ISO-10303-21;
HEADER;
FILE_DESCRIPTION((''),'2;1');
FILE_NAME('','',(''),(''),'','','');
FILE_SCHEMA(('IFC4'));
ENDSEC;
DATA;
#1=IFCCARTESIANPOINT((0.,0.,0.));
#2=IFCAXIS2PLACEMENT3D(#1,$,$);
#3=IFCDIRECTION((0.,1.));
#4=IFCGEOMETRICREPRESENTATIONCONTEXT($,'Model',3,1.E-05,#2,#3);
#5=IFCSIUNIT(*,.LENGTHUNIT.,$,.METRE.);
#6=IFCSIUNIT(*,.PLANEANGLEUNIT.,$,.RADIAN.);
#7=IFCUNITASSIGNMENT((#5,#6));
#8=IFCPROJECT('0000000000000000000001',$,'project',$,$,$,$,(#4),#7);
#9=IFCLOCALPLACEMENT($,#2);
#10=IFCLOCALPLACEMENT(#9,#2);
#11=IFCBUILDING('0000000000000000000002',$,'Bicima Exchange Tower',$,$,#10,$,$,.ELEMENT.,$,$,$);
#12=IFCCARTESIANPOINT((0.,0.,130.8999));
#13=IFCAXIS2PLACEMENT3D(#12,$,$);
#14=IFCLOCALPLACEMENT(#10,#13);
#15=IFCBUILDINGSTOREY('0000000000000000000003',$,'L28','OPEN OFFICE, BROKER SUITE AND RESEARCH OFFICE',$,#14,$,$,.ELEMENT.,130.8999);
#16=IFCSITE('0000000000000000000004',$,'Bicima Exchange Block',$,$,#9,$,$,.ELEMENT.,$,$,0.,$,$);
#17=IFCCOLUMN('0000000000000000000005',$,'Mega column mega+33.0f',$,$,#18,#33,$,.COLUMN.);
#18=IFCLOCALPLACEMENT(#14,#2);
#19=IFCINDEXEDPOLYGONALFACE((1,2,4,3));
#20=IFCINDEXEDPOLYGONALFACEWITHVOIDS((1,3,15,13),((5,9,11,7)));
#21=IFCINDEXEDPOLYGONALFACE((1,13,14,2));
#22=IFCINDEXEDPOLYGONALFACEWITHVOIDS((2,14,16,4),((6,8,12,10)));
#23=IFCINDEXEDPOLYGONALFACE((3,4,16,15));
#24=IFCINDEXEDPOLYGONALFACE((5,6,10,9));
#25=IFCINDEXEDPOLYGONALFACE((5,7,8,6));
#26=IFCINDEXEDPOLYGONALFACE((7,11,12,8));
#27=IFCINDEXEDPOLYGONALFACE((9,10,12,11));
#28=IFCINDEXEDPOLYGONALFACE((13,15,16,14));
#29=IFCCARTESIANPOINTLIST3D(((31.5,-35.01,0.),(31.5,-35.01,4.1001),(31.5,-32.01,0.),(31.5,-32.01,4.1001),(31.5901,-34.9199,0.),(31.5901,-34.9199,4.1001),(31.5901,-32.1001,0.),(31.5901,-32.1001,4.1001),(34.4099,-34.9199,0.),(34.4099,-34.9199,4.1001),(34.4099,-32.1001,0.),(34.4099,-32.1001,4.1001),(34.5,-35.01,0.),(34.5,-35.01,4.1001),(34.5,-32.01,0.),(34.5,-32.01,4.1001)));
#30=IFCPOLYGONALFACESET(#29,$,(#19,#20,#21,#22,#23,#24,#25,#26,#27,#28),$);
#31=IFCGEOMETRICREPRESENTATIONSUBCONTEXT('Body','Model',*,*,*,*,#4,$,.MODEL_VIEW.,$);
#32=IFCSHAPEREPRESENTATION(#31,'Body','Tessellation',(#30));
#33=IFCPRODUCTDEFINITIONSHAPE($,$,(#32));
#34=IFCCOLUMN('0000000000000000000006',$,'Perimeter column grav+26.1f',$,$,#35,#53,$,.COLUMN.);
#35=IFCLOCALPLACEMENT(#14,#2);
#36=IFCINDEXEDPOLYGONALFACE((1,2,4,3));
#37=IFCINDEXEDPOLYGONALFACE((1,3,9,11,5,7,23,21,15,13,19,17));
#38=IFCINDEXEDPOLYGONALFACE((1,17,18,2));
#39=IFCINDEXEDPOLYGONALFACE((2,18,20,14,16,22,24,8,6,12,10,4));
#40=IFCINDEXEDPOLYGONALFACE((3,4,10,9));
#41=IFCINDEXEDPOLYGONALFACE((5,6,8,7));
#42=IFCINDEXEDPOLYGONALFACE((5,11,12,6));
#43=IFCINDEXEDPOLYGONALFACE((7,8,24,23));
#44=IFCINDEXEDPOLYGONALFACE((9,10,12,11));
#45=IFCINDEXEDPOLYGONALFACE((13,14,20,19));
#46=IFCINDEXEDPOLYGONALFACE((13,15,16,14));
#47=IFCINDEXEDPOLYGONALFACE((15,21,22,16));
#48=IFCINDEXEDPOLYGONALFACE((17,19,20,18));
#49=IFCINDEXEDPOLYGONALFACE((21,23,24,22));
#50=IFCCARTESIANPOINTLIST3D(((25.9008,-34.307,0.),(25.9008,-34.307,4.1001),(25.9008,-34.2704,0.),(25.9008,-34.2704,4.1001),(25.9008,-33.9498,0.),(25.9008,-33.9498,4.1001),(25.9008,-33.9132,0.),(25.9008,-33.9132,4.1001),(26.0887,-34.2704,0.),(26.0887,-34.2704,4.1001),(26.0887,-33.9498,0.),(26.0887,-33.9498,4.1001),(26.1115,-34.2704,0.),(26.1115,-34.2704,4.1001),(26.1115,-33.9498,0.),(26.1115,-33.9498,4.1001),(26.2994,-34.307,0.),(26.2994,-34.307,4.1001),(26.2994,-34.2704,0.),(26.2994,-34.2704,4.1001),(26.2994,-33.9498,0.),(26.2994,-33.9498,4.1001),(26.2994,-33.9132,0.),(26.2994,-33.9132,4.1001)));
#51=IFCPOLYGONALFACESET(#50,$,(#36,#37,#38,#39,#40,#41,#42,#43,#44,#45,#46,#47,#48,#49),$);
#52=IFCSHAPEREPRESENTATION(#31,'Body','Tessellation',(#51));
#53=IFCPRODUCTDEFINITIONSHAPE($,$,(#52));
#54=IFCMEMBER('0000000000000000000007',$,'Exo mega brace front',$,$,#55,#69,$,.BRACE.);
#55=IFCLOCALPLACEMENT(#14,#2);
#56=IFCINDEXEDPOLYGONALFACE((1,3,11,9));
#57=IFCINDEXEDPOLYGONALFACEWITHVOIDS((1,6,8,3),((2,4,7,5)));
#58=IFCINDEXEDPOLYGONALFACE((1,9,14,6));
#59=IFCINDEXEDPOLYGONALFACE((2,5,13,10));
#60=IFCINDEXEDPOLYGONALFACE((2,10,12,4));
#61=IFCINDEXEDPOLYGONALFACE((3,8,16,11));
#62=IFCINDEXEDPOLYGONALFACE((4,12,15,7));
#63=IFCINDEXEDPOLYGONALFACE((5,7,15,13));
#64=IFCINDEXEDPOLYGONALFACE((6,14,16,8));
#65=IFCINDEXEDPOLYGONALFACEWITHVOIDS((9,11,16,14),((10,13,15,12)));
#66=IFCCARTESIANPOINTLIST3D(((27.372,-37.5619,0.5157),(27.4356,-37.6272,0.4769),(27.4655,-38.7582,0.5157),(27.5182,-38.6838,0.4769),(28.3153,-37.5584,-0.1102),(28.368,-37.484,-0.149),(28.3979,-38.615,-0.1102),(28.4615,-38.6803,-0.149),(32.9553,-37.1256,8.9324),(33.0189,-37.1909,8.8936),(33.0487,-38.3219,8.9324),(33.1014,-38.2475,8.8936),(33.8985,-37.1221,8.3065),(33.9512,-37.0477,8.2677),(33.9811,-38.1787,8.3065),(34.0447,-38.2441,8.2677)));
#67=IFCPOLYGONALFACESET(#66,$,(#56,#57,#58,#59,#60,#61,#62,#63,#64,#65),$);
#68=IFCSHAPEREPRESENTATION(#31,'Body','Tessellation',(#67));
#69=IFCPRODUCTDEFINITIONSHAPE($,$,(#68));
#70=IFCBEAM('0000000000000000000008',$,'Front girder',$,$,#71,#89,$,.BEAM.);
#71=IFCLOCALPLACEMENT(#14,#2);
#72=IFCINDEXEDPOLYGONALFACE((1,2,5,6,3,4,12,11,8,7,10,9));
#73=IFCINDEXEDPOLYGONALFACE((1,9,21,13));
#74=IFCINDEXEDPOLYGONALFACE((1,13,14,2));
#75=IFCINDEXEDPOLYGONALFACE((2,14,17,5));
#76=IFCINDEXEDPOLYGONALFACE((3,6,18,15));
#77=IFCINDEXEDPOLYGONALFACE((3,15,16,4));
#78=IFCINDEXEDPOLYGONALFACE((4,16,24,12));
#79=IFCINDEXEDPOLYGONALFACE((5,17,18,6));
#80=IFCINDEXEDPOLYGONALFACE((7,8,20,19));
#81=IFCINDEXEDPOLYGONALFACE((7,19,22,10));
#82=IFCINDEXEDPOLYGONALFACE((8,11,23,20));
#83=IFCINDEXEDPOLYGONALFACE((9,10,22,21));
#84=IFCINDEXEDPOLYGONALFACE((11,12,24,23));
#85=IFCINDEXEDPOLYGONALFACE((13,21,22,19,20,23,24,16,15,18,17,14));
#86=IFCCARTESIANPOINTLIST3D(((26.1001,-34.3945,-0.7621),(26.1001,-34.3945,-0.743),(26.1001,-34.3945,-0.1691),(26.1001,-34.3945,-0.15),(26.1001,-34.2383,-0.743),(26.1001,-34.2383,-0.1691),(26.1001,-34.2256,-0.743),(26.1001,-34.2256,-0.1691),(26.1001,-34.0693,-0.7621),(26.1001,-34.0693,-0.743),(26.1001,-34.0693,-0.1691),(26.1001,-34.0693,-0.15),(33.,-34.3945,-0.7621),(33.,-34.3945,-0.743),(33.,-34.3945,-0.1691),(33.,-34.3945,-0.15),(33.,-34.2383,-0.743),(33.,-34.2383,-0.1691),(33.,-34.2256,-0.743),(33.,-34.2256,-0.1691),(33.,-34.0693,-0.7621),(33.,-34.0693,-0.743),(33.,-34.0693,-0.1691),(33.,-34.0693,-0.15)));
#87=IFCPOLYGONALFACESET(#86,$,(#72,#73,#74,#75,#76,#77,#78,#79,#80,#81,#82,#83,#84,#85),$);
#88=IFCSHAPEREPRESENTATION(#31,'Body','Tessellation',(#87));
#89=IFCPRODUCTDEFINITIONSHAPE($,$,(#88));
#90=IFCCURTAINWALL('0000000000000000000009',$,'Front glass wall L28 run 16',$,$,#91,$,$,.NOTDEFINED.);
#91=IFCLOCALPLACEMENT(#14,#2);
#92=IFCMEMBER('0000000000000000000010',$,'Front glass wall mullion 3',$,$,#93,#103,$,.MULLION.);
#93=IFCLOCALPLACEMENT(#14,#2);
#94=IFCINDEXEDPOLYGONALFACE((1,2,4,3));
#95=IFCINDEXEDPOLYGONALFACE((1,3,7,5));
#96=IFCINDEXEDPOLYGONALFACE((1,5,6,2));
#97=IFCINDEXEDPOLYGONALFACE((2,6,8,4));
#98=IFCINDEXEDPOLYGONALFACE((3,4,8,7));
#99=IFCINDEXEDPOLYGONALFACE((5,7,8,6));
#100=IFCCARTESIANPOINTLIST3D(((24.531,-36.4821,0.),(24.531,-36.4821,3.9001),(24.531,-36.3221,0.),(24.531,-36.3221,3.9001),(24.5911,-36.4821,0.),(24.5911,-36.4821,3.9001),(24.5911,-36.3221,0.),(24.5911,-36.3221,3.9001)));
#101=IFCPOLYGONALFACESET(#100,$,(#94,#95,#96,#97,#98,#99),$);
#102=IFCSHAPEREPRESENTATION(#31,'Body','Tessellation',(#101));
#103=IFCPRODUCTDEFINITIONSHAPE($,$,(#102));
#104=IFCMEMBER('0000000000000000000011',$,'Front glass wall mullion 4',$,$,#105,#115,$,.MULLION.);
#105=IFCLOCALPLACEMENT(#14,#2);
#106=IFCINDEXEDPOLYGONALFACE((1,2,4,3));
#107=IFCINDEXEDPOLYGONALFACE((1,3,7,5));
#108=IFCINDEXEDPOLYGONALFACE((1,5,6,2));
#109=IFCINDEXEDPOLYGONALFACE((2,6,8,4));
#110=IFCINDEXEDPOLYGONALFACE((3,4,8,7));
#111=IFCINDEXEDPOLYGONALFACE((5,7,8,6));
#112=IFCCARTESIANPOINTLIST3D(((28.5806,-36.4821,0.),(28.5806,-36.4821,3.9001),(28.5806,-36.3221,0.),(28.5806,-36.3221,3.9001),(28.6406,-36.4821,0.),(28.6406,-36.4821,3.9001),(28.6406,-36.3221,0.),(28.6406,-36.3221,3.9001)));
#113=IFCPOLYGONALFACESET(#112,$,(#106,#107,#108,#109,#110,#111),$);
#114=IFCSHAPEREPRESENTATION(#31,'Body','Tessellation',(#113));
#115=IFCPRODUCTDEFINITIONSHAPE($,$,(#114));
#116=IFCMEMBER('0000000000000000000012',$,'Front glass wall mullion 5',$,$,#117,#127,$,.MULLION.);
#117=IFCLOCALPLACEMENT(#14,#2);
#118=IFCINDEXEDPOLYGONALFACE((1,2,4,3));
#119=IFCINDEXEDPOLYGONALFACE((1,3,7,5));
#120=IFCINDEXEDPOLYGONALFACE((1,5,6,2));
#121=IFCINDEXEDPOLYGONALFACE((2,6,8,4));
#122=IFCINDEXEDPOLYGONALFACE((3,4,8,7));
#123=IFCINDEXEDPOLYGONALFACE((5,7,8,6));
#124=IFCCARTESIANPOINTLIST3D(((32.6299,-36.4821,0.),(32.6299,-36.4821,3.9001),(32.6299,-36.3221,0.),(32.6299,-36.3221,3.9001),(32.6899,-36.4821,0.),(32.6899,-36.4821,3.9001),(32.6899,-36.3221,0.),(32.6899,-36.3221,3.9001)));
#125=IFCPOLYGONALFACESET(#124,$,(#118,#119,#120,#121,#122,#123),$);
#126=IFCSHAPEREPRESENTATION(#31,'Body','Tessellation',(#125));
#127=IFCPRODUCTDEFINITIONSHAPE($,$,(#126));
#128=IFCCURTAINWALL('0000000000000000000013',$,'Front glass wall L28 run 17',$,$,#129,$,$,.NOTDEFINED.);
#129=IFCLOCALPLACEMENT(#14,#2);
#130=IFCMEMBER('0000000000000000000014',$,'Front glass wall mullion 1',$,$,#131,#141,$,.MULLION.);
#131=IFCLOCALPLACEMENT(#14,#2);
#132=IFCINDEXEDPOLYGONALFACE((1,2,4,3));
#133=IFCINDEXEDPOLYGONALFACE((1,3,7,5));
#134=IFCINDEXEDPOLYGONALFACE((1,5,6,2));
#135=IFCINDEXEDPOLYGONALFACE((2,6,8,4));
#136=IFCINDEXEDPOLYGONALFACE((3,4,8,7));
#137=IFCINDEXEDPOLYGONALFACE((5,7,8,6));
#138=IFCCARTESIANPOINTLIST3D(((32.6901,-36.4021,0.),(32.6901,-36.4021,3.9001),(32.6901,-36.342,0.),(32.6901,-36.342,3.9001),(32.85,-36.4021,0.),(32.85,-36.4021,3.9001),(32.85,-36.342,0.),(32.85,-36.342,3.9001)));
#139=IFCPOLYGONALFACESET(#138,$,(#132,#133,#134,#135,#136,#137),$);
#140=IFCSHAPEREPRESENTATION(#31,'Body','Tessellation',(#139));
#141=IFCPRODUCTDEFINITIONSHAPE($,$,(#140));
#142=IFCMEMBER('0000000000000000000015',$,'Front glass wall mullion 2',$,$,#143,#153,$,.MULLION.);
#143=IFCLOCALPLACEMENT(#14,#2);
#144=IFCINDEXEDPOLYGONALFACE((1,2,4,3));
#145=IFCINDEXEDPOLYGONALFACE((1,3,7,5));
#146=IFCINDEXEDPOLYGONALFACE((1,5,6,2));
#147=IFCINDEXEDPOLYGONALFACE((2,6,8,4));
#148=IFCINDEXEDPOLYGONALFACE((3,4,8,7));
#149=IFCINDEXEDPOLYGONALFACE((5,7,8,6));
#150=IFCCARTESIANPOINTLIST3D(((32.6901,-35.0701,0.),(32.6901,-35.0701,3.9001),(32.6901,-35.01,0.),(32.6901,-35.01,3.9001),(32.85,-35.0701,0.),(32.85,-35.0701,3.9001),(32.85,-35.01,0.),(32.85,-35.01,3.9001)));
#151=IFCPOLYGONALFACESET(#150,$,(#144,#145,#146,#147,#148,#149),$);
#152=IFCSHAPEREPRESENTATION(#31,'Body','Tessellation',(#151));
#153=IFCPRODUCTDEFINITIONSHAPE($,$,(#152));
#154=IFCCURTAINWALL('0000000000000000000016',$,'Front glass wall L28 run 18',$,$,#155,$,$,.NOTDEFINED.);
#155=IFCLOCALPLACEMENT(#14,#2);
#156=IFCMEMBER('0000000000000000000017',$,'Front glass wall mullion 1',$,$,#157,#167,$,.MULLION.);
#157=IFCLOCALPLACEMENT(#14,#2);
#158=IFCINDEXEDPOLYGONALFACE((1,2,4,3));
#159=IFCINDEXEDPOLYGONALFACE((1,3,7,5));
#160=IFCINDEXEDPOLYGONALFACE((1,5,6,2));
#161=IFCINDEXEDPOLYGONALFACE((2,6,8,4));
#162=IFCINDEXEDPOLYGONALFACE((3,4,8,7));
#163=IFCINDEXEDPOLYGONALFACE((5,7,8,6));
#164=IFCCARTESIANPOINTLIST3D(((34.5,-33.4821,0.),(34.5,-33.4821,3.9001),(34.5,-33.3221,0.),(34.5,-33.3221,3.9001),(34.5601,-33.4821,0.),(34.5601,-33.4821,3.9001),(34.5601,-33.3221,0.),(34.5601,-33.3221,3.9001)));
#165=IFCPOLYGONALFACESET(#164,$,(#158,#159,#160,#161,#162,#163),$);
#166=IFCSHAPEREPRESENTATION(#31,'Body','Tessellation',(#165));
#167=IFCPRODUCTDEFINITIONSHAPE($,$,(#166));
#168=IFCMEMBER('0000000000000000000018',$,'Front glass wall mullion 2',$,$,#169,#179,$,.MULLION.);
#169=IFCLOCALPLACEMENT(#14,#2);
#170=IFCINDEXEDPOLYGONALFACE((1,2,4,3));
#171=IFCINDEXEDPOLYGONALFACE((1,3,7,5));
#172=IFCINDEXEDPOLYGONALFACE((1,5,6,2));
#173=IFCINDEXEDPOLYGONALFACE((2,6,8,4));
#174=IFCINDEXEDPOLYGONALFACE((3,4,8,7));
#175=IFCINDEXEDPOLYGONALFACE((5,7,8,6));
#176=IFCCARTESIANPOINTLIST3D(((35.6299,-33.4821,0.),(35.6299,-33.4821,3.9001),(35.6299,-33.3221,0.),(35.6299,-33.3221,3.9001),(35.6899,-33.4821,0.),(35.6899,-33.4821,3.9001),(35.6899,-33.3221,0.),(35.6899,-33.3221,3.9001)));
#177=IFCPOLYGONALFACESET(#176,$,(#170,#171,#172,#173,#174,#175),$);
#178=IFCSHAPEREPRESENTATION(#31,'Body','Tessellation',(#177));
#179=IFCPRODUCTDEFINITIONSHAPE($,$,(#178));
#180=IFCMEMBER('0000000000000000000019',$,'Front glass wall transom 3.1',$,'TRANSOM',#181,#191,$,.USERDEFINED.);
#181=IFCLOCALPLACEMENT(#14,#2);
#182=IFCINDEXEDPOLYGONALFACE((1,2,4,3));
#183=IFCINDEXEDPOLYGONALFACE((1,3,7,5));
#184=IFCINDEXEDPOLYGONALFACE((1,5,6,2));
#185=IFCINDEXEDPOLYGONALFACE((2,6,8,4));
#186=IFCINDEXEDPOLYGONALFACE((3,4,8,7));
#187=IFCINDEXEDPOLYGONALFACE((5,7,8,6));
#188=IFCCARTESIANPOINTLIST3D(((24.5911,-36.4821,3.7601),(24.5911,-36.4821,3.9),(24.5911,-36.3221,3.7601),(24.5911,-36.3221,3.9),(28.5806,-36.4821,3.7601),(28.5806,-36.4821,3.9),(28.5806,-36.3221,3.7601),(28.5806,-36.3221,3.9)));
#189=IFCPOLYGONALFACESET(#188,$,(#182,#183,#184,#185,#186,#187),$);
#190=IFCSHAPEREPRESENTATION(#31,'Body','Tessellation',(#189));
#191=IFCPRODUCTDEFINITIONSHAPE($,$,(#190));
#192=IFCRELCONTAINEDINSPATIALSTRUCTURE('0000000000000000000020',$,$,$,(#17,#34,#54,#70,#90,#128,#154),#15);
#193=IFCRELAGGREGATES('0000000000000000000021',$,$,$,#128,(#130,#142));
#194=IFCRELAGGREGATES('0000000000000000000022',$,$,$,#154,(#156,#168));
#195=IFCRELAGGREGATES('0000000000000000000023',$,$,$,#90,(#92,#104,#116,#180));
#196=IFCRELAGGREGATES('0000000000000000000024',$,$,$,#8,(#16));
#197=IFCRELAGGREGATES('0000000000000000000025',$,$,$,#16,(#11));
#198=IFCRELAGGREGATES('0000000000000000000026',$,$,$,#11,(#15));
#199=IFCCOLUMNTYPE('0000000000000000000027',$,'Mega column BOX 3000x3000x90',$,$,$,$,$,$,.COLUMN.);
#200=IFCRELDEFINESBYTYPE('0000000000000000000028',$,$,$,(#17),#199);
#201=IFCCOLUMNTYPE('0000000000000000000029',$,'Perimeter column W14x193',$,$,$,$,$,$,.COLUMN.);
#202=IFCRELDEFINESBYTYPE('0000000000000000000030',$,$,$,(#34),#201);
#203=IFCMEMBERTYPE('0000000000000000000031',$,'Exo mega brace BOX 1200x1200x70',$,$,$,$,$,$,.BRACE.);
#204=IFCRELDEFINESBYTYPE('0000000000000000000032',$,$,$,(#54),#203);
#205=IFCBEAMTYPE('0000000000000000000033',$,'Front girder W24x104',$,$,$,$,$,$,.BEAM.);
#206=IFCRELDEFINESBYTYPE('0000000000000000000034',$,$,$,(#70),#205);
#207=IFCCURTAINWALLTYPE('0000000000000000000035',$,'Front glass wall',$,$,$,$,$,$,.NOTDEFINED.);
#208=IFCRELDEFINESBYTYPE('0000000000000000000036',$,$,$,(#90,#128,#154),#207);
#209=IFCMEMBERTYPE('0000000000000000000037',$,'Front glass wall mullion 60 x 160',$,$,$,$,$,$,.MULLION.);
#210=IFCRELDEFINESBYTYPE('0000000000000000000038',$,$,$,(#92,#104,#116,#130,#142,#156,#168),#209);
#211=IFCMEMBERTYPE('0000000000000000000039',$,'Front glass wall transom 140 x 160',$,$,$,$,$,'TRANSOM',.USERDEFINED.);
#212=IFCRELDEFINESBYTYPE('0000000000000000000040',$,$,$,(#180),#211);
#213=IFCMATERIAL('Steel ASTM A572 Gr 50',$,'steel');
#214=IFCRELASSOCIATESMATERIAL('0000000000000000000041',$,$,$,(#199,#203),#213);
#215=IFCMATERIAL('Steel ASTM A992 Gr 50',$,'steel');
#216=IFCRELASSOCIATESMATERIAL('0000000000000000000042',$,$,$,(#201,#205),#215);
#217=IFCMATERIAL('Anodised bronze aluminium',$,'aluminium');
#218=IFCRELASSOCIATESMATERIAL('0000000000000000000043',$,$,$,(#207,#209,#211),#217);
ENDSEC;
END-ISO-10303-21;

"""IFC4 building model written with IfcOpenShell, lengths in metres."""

from ifc_helpers import new_model, si_unit, direction, frame, origin, origin_2d, place, context, subcontext, project, spatial, rectangle, hollow_rectangle, i_section, extrude, material, material_profile, profile_set, type_object, element, aggregate, save


model = new_model("IFC4")

# Units and contexts
model_context = context("Model", 3, precision=1e-05, world=origin(), true_north=direction((0.0, 1.0)))
body_context = subcontext(model_context, "Body", "Model", "MODEL_VIEW")
ifc_project = project(units=[si_unit("LENGTHUNIT", "METRE"), si_unit("PLANEANGLEUNIT", "RADIAN")], contexts=[model_context])

# Site, building, storey
site_placement = place(None, origin())
site = spatial("IfcSite", under=ifc_project, at=site_placement, Name="Bicima Exchange Block", CompositionType="ELEMENT", RefElevation=0.0)
building_placement = place(site_placement, origin())
building = spatial("IfcBuilding", under=site, at=building_placement, Name="Bicima Exchange Tower", CompositionType="ELEMENT")
storey_placement = place(building_placement, frame((0.0, 0.0, 130.8999)))
storey = spatial("IfcBuildingStorey", under=building, at=storey_placement, Name="L28", Description="OPEN OFFICE, BROKER SUITE AND RESEARCH OFFICE", CompositionType="ELEMENT", Elevation=130.8999)

# Columns
ifc_material_1 = material(Name="Steel ASTM A572 Gr 50", Category="steel")
ifc_material_profile_1 = material_profile(ifc_material_1, hollow_rectangle(XDim=3.0, YDim=3.0, WallThickness=0.0901, at=origin_2d()))
ifc_profile_set_1 = profile_set([ifc_material_profile_1], Name="Steel ASTM A572 Gr 50")
column_type_1 = type_object("IfcColumnType", Name="Mega column BOX 3000x3000x90", PredefinedType="COLUMN", material=ifc_profile_set_1)
column_1_placement = place(storey_placement, frame((33.0, -33.51, 0.0), z_axis=(0.0, 0.0, 1.0), x_axis=(1.0, 0.0, 0.0)))
element("IfcColumn", 1, at=column_1_placement, inside=storey, type_object=column_type_1, Name="Mega column mega+33.0f", PredefinedType="COLUMN", context=body_context, shape_type="SweptSolid", body=[
    extrude(hollow_rectangle(XDim=3.0, YDim=3.0, WallThickness=0.0901, at=origin_2d()), origin(), (0.0, 0.0, 1.0), 4.1001),
])
ifc_material_2 = material(Name="Steel ASTM A992 Gr 50", Category="steel")
ifc_material_profile_2 = material_profile(ifc_material_2, i_section(OverallWidth=0.3987, OverallDepth=0.3938, WebThickness=0.0227, FlangeThickness=0.0366, at=origin_2d()))
ifc_profile_set_2 = profile_set([ifc_material_profile_2], Name="Steel ASTM A992 Gr 50")
column_type_2 = type_object("IfcColumnType", Name="Perimeter column W14x193", PredefinedType="COLUMN", material=ifc_profile_set_2)
column_2_placement = place(storey_placement, frame((26.1001, -34.1101, 0.0), z_axis=(0.0, 0.0, 1.0), x_axis=(1.0, 0.0, 0.0)))
element("IfcColumn", 2, at=column_2_placement, inside=storey, type_object=column_type_2, Name="Perimeter column grav+26.1f", PredefinedType="COLUMN", context=body_context, shape_type="SweptSolid", body=[
    extrude(i_section(OverallWidth=0.3987, OverallDepth=0.3938, WebThickness=0.0227, FlangeThickness=0.0366, at=origin_2d()), origin(), (0.0, 0.0, 1.0), 4.1001),
])

# Member
ifc_material_profile_3 = material_profile(ifc_material_1, hollow_rectangle(XDim=1.2, YDim=1.2, WallThickness=0.0701, at=origin_2d()))
ifc_profile_set_3 = profile_set([ifc_material_profile_3], Name="Steel ASTM A572 Gr 50")
member_type_1 = type_object("IfcMemberType", Name="Exo mega brace BOX 1200x1200x70", PredefinedType="BRACE", material=ifc_profile_set_3)
member_1_placement = place(storey_placement, frame((27.9167, -38.1211, 0.1833), z_axis=(0.55227, 0.043155, 0.832547), x_axis=(-0.077903, 0.996961, 0.0)))
element("IfcMember", 3, at=member_1_placement, inside=storey, type_object=member_type_1, Name="Exo mega brace front", PredefinedType="BRACE", context=body_context, shape_type="SweptSolid", body=[
    extrude(hollow_rectangle(XDim=1.2, YDim=1.2, WallThickness=0.0701, at=origin_2d()), origin(), (0.0, 0.0, 1.0), 10.1096),
])

# Beam
ifc_material_profile_4 = material_profile(ifc_material_2, i_section(OverallWidth=0.3252, OverallDepth=0.6121, WebThickness=0.0127, FlangeThickness=0.019, at=origin_2d()))
ifc_profile_set_4 = profile_set([ifc_material_profile_4], Name="Steel ASTM A992 Gr 50")
beam_type = type_object("IfcBeamType", Name="Front girder W24x104", PredefinedType="BEAM", material=ifc_profile_set_4)
beam_placement = place(storey_placement, frame((26.1001, -34.2319, -0.4561), z_axis=(1.0, 0.0, 0.0), x_axis=(0.0, 1.0, 0.0)))
element("IfcBeam", 4, at=beam_placement, inside=storey, type_object=beam_type, Name="Front girder", PredefinedType="BEAM", context=body_context, shape_type="SweptSolid", body=[
    extrude(i_section(OverallWidth=0.3252, OverallDepth=0.6121, WebThickness=0.0127, FlangeThickness=0.019, at=origin_2d()), origin(), (0.0, 0.0, 1.0), 6.8999),
])

# Curtain walls, members
ifc_material_3 = material(Name="Anodised bronze aluminium", Category="aluminium")
curtain_wall_type = type_object("IfcCurtainWallType", Name="Front glass wall", PredefinedType="NOTDEFINED", material=ifc_material_3)
curtain_wall_1_placement = place(storey_placement, origin())
curtain_wall_1 = element("IfcCurtainWall", 5, at=curtain_wall_1_placement, inside=storey, type_object=curtain_wall_type, Name="Front glass wall L28 run 16", PredefinedType="NOTDEFINED")
ifc_material_profile_5 = material_profile(ifc_material_3, rectangle(XDim=0.1599, YDim=0.0601, at=origin_2d()))
ifc_profile_set_5 = profile_set([ifc_material_profile_5], Name="Anodised bronze aluminium")
member_type_2 = type_object("IfcMemberType", Name="Front glass wall mullion 60 x 160", PredefinedType="MULLION", material=ifc_profile_set_5)
member_2_placement = place(storey_placement, frame((24.561, -36.4021, 0.0), z_axis=(0.0, 0.0, 1.0), x_axis=(0.0, 1.0, 0.0)))
member_2 = element("IfcMember", 6, at=member_2_placement, type_object=member_type_2, Name="Front glass wall mullion 3", PredefinedType="MULLION", context=body_context, shape_type="SweptSolid", body=[
    extrude(rectangle(XDim=0.1599, YDim=0.0601, at=origin_2d()), origin(), (0.0, 0.0, 1.0), 3.9001),
])
member_3_placement = place(storey_placement, frame((28.6106, -36.4021, 0.0), z_axis=(0.0, 0.0, 1.0), x_axis=(0.0, 1.0, 0.0)))
member_3 = element("IfcMember", 7, at=member_3_placement, type_object=member_type_2, Name="Front glass wall mullion 4", PredefinedType="MULLION", context=body_context, shape_type="SweptSolid", body=[
    extrude(rectangle(XDim=0.1599, YDim=0.0601, at=origin_2d()), origin(), (0.0, 0.0, 1.0), 3.9001),
])
member_4_placement = place(storey_placement, frame((32.6599, -36.4021, 0.0), z_axis=(0.0, 0.0, 1.0), x_axis=(0.0, 1.0, 0.0)))
member_4 = element("IfcMember", 8, at=member_4_placement, type_object=member_type_2, Name="Front glass wall mullion 5", PredefinedType="MULLION", context=body_context, shape_type="SweptSolid", body=[
    extrude(rectangle(XDim=0.1599, YDim=0.0601, at=origin_2d()), origin(), (0.0, 0.0, 1.0), 3.9001),
])
curtain_wall_2_placement = place(storey_placement, origin())
curtain_wall_2 = element("IfcCurtainWall", 9, at=curtain_wall_2_placement, inside=storey, type_object=curtain_wall_type, Name="Front glass wall L28 run 17", PredefinedType="NOTDEFINED")
member_5_placement = place(storey_placement, frame((32.77, -36.3721, 0.0), z_axis=(0.0, 0.0, 1.0), x_axis=(-1.0, 0.0, 0.0)))
member_5 = element("IfcMember", 10, at=member_5_placement, type_object=member_type_2, Name="Front glass wall mullion 1", PredefinedType="MULLION", context=body_context, shape_type="SweptSolid", body=[
    extrude(rectangle(XDim=0.1599, YDim=0.0601, at=origin_2d()), origin(), (0.0, 0.0, 1.0), 3.9001),
])
member_6_placement = place(storey_placement, frame((32.77, -35.04, 0.0), z_axis=(0.0, 0.0, 1.0), x_axis=(-1.0, 0.0, 0.0)))
member_6 = element("IfcMember", 11, at=member_6_placement, type_object=member_type_2, Name="Front glass wall mullion 2", PredefinedType="MULLION", context=body_context, shape_type="SweptSolid", body=[
    extrude(rectangle(XDim=0.1599, YDim=0.0601, at=origin_2d()), origin(), (0.0, 0.0, 1.0), 3.9001),
])
curtain_wall_3_placement = place(storey_placement, origin())
curtain_wall_3 = element("IfcCurtainWall", 12, at=curtain_wall_3_placement, inside=storey, type_object=curtain_wall_type, Name="Front glass wall L28 run 18", PredefinedType="NOTDEFINED")
member_7_placement = place(storey_placement, frame((34.53, -33.4021, 0.0), z_axis=(0.0, 0.0, 1.0), x_axis=(0.0, 1.0, 0.0)))
member_7 = element("IfcMember", 13, at=member_7_placement, type_object=member_type_2, Name="Front glass wall mullion 1", PredefinedType="MULLION", context=body_context, shape_type="SweptSolid", body=[
    extrude(rectangle(XDim=0.1599, YDim=0.0601, at=origin_2d()), origin(), (0.0, 0.0, 1.0), 3.9001),
])
member_8_placement = place(storey_placement, frame((35.6599, -33.4021, 0.0), z_axis=(0.0, 0.0, 1.0), x_axis=(0.0, 1.0, 0.0)))
member_8 = element("IfcMember", 14, at=member_8_placement, type_object=member_type_2, Name="Front glass wall mullion 2", PredefinedType="MULLION", context=body_context, shape_type="SweptSolid", body=[
    extrude(rectangle(XDim=0.1599, YDim=0.0601, at=origin_2d()), origin(), (0.0, 0.0, 1.0), 3.9001),
])

# Member
ifc_material_profile_6 = material_profile(ifc_material_3, rectangle(XDim=0.1599, YDim=0.1399, at=origin_2d()))
ifc_profile_set_6 = profile_set([ifc_material_profile_6], Name="Anodised bronze aluminium")
member_type_3 = type_object("IfcMemberType", Name="Front glass wall transom 140 x 160", ElementType="TRANSOM", PredefinedType="USERDEFINED", material=ifc_profile_set_6)
member_9_placement = place(storey_placement, frame((24.5911, -36.4021, 3.8301), z_axis=(1.0, 0.0, 0.0), x_axis=(0.0, 1.0, 0.0)))
member_9 = element("IfcMember", 15, at=member_9_placement, type_object=member_type_3, Name="Front glass wall transom 3.1", ObjectType="TRANSOM", PredefinedType="USERDEFINED", context=body_context, shape_type="SweptSolid", body=[
    extrude(rectangle(XDim=0.1599, YDim=0.1399, at=origin_2d()), origin(), (0.0, 0.0, 1.0), 3.9895),
])

aggregate(curtain_wall_2, [member_5, member_6])
aggregate(curtain_wall_3, [member_7, member_8])
aggregate(curtain_wall_1, [member_2, member_3, member_4, member_9])

save(model, "model.ifc")
